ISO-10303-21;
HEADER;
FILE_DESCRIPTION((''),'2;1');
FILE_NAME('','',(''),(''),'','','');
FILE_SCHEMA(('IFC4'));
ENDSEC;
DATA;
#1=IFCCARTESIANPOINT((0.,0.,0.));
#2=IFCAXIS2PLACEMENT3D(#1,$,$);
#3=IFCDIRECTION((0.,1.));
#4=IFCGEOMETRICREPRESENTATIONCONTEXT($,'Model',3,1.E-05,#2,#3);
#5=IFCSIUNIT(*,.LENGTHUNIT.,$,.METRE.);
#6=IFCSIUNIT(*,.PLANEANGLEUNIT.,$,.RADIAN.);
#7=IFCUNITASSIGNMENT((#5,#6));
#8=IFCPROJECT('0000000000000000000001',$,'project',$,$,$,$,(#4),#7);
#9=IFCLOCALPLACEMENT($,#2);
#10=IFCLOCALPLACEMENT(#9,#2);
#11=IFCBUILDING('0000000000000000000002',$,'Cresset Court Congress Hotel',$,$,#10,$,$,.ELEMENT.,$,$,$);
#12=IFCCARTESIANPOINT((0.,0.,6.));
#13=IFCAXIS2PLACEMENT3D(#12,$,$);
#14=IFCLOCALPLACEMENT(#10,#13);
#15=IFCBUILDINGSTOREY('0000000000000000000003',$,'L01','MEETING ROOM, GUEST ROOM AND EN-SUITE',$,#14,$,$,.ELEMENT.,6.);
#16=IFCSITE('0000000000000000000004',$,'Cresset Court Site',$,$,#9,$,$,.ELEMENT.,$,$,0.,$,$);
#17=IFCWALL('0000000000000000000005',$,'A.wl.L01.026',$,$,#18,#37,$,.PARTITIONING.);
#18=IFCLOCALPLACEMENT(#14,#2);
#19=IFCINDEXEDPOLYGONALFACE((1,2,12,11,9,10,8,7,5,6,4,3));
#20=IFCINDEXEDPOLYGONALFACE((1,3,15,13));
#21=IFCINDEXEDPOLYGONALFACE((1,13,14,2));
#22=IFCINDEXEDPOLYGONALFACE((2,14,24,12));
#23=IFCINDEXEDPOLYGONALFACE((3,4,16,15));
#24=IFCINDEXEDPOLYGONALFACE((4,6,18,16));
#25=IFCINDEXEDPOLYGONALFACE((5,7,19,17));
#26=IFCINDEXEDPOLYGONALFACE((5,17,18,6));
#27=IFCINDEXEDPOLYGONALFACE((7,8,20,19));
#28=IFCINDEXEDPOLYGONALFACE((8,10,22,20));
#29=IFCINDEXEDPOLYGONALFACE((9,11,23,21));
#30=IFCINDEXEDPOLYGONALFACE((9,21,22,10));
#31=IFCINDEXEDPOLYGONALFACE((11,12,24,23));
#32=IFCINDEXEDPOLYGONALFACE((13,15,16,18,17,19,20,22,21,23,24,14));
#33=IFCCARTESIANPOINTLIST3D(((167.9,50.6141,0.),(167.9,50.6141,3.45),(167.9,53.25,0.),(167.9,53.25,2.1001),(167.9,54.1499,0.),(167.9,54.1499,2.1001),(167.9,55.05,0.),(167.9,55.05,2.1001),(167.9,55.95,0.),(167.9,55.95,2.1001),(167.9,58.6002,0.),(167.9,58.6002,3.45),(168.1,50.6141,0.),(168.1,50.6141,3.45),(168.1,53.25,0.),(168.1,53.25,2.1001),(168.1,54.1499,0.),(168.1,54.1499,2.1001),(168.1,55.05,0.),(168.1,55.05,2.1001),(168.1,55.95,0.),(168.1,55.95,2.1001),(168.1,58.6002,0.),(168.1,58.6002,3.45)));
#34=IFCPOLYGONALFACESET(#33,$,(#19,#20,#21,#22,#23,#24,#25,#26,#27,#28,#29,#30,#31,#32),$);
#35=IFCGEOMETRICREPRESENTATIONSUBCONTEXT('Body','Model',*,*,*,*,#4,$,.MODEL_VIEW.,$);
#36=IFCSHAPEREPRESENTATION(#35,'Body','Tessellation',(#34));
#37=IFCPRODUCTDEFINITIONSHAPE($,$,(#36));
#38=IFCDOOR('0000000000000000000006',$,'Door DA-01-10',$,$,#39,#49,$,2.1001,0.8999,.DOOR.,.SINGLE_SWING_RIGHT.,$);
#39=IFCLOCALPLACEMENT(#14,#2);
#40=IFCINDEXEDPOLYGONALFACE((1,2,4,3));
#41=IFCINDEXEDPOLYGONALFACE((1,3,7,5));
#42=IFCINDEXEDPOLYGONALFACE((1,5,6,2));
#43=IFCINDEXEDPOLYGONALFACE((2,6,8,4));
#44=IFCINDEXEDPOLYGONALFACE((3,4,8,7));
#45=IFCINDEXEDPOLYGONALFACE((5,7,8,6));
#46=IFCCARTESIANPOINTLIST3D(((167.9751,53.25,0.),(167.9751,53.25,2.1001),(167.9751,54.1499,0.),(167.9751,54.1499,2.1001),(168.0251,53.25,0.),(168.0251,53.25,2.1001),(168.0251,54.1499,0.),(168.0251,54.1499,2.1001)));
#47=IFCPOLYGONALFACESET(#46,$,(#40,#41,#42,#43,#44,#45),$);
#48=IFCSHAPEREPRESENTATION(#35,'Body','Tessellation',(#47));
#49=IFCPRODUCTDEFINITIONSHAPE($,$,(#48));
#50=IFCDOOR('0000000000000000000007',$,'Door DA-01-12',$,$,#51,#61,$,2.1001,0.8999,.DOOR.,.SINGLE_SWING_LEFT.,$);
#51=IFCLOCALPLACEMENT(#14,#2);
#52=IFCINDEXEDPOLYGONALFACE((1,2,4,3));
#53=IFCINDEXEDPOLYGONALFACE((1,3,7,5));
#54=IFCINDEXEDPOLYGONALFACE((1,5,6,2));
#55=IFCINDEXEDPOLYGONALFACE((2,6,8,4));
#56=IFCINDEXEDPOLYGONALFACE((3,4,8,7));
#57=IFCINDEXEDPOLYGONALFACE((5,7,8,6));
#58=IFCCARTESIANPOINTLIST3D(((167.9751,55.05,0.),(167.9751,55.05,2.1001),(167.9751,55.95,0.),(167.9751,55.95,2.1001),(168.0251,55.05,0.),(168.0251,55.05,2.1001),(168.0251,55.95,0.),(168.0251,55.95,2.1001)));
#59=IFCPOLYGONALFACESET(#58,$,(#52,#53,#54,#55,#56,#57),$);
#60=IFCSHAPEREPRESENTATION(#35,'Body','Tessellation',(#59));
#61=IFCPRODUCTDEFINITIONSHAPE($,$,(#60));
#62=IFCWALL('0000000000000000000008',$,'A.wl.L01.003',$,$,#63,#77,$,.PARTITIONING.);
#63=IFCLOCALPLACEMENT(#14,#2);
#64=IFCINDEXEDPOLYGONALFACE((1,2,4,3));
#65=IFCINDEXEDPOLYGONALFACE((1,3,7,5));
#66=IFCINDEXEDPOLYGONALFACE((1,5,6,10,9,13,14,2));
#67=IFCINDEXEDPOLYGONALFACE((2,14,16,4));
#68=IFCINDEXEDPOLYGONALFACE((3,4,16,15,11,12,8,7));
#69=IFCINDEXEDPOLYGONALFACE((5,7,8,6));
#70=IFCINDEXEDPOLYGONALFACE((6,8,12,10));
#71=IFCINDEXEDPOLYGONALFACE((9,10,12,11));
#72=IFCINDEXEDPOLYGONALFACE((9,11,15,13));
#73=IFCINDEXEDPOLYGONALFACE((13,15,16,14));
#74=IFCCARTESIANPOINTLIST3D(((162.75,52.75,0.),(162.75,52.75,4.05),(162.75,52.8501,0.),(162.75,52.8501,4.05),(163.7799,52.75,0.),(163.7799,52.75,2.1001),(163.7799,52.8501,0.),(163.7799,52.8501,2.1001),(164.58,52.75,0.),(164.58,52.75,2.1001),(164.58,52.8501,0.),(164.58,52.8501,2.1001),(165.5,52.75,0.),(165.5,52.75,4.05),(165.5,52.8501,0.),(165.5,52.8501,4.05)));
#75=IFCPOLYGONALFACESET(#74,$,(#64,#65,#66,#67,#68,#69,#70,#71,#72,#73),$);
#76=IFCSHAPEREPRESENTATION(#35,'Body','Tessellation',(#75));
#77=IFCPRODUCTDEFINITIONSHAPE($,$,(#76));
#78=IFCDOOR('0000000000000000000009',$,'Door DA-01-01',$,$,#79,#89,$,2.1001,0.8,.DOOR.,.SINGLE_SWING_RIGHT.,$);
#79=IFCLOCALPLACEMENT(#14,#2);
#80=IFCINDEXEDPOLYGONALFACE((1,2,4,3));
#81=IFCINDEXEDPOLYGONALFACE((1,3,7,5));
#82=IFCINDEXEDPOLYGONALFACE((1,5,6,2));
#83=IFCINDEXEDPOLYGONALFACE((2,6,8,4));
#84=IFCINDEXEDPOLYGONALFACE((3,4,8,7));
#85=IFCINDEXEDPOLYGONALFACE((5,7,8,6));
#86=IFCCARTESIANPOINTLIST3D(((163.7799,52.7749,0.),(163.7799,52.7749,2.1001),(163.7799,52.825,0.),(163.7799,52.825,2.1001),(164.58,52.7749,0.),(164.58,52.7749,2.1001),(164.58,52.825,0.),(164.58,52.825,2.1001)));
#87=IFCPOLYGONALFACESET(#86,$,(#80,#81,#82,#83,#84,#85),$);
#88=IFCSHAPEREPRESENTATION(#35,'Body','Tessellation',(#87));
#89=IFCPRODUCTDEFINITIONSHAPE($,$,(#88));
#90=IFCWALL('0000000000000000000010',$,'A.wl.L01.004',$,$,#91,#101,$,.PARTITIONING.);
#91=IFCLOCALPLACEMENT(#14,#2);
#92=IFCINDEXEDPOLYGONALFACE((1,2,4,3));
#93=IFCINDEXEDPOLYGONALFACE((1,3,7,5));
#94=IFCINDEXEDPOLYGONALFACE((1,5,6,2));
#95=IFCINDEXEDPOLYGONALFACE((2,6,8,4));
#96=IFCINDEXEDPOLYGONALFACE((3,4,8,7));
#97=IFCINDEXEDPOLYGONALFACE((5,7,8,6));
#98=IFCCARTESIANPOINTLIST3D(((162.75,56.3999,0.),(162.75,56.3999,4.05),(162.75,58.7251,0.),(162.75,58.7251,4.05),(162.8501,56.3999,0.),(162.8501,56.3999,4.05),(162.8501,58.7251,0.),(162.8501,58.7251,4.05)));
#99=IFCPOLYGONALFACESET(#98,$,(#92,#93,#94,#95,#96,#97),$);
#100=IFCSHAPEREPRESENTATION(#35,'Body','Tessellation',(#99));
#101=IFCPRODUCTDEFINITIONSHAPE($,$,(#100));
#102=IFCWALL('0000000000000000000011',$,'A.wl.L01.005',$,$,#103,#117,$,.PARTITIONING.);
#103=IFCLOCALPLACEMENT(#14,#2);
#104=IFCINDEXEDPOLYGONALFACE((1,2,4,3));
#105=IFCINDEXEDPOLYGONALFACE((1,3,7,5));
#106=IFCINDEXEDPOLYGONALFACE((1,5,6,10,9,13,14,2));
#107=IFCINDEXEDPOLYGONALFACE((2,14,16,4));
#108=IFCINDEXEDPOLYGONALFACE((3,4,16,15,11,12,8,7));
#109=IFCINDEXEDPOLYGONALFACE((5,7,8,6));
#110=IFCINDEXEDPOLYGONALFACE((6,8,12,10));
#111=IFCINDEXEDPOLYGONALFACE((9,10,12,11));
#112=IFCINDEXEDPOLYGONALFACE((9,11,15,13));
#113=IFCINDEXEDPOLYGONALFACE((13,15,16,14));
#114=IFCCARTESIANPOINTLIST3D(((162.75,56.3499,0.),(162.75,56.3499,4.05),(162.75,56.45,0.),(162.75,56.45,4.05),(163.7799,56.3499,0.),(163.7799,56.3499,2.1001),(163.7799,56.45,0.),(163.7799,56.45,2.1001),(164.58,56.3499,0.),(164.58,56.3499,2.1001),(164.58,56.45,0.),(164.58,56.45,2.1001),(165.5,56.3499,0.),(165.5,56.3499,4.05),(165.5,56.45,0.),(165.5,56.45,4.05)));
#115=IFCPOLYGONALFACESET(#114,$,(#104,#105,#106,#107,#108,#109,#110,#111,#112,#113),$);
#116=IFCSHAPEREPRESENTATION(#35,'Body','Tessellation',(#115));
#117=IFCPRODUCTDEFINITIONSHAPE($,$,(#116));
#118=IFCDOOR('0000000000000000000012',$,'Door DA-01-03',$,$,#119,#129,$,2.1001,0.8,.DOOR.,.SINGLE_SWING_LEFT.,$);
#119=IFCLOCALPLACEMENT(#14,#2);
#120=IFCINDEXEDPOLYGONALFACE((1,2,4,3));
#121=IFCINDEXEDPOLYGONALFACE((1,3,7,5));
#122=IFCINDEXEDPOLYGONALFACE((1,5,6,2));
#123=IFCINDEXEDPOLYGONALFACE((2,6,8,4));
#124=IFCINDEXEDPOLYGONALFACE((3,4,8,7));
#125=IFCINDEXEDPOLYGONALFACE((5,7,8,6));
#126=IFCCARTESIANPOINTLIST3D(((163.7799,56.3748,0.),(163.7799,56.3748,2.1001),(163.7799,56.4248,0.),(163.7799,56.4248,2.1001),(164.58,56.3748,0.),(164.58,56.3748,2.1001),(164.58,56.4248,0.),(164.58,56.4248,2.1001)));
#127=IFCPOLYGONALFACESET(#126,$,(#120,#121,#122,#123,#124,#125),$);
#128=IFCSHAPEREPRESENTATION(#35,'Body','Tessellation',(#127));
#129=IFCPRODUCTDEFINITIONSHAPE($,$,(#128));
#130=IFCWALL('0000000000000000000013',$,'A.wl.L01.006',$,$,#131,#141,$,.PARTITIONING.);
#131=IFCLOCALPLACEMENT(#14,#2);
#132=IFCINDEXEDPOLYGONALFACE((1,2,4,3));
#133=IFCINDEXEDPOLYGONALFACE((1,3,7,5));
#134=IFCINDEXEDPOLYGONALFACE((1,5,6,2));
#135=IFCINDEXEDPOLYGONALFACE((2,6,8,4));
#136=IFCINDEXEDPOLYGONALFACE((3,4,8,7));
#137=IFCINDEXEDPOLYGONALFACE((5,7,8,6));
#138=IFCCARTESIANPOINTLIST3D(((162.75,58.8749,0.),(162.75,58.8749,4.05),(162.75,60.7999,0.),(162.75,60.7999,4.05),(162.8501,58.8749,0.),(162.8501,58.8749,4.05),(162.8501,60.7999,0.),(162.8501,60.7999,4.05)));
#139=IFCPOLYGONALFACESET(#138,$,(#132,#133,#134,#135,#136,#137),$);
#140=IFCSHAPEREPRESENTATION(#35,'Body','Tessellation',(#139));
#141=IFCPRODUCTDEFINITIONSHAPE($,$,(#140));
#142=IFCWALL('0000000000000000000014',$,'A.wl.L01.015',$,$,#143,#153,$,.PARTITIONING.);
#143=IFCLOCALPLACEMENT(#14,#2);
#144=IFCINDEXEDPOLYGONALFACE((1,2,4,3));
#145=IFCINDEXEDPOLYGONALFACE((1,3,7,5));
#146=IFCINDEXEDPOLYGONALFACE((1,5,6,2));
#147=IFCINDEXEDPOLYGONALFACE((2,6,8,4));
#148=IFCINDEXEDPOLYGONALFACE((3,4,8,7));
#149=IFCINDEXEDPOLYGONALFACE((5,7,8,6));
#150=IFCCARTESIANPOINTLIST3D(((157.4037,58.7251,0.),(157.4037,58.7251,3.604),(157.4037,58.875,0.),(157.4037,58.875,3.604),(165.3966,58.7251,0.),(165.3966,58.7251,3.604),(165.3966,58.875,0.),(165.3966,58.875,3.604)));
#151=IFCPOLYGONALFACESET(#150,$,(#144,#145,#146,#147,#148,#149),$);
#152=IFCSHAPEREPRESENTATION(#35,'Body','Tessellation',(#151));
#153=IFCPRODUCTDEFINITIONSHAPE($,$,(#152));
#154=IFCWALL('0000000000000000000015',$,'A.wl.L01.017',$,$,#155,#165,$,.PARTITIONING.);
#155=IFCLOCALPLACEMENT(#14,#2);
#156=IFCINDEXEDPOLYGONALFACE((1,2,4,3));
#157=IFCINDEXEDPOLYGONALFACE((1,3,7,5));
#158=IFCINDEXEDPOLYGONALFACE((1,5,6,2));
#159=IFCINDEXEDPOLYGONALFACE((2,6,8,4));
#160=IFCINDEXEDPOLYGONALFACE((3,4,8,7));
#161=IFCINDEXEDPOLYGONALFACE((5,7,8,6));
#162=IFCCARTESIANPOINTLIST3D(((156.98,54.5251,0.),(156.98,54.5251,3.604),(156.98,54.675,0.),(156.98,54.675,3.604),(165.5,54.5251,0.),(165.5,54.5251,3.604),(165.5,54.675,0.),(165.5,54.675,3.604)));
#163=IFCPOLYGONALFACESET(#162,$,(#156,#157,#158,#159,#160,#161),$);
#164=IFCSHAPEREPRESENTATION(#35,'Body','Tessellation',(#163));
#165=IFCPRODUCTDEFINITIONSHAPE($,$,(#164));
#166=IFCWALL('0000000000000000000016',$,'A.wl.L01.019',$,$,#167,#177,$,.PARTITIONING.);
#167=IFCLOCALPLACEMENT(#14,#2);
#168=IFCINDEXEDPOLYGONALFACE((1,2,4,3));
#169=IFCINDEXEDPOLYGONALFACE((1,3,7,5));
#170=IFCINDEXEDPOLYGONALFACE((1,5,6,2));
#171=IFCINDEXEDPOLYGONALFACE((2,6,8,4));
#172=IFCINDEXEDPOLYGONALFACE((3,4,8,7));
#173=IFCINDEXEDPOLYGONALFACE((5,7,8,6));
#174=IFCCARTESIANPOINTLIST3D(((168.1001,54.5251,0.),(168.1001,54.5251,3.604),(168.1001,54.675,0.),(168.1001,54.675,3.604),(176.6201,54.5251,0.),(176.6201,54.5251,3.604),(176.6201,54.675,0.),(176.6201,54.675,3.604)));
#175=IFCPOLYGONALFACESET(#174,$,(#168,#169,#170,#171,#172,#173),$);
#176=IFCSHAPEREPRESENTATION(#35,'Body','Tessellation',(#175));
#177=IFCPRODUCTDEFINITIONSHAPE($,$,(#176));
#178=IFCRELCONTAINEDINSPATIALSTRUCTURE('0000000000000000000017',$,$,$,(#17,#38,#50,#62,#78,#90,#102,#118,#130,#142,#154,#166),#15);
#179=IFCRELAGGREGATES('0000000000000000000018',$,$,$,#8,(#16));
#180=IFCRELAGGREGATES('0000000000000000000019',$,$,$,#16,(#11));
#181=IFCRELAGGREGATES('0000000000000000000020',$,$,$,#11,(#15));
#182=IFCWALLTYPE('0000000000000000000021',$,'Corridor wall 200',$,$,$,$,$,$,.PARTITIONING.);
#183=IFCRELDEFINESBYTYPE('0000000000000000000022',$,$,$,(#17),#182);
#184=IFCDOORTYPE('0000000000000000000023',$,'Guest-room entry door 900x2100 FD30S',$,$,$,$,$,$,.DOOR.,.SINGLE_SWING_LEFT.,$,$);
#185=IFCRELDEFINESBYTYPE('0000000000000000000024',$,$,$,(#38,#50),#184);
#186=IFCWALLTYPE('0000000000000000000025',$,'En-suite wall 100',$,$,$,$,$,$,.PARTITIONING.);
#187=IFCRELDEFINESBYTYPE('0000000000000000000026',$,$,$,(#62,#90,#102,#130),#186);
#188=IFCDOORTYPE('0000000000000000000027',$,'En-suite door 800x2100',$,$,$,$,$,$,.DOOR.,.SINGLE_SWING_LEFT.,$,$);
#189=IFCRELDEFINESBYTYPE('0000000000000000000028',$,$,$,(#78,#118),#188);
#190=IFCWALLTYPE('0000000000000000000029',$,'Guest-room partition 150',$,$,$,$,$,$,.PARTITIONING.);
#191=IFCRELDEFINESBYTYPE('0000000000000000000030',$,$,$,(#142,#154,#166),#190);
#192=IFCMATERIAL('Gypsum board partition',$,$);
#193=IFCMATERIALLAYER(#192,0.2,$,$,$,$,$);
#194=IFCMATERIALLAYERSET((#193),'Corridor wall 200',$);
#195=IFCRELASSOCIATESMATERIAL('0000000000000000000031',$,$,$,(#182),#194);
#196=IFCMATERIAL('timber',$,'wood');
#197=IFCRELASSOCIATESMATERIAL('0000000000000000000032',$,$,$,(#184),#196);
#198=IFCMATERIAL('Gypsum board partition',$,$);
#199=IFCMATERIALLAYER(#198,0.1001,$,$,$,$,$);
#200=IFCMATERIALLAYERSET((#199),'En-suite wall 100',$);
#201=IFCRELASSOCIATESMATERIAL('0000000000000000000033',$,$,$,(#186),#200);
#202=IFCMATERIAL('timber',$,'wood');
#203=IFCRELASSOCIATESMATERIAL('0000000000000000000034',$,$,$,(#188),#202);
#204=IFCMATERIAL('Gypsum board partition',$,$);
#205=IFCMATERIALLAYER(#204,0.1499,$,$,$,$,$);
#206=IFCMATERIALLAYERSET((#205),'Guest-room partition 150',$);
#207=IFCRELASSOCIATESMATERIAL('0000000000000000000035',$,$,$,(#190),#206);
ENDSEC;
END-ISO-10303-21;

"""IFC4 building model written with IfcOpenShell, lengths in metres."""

from ifc_helpers import new_model, si_unit, direction, frame, frame_2d, origin, place, context, subcontext, project, spatial, rectangle, extrude, material, layer, layer_set, type_object, element, fill, save


model = new_model("IFC4")

# Units and contexts
model_context = context("Model", 3, precision=1e-05, world=origin(), true_north=direction((0.0, 1.0)))
body_context = subcontext(model_context, "Body", "Model", "MODEL_VIEW")
ifc_project = project(units=[si_unit("LENGTHUNIT", "METRE"), si_unit("PLANEANGLEUNIT", "RADIAN")], contexts=[model_context])

# Site, building, storey
site_placement = place(None, origin())
site = spatial("IfcSite", under=ifc_project, at=site_placement, Name="Cresset Court Site", CompositionType="ELEMENT", RefElevation=0.0)
building_placement = place(site_placement, origin())
building = spatial("IfcBuilding", under=site, at=building_placement, Name="Cresset Court Congress Hotel", CompositionType="ELEMENT")
storey_placement = place(building_placement, frame((0.0, 0.0, 6.0)))
storey = spatial("IfcBuildingStorey", under=building, at=storey_placement, Name="L01", Description="MEETING ROOM, GUEST ROOM AND EN-SUITE", CompositionType="ELEMENT", Elevation=6.0)

# Wall, openings, doors
ifc_material_1 = material(Name="Gypsum board partition")
ifc_layer_1 = layer(ifc_material_1, 0.2)
ifc_layer_set_1 = layer_set([ifc_layer_1], Name="Corridor wall 200")
wall_type_1 = type_object("IfcWallType", Name="Corridor wall 200", PredefinedType="PARTITIONING", material=ifc_layer_set_1)
wall_1_placement = place(storey_placement, frame((168.0, 50.614, 0.0), z_axis=(0.0, 0.0, 1.0), x_axis=(0.0, 1.0, 0.0)))
wall_1 = element("IfcWall", 1, at=wall_1_placement, inside=storey, type_object=wall_type_1, Name="A.wl.L01.026", PredefinedType="PARTITIONING", context=body_context, shape_type="SweptSolid", body=[
    extrude(rectangle(XDim=7.9861, YDim=0.2, at=frame_2d((3.9932, 0.0))), origin(), (0.0, 0.0, 1.0), 3.45),
])
opening_1_placement = place(wall_1_placement, frame((2.636, 0.0, 0.0)))
opening_1 = element("IfcOpeningElement", 2, at=opening_1_placement, cuts=wall_1, PredefinedType="OPENING", context=body_context, shape_type="SweptSolid", body=[
    extrude(rectangle(XDim=0.8999, YDim=2.1001, at=frame_2d((0.45, 1.05))), frame((0.0, 0.1099, 0.0), z_axis=(0.0, -1.0, 0.0), x_axis=(1.0, 0.0, 0.0)), (0.0, 0.0, 1.0), 0.22),
])
opening_2_placement = place(wall_1_placement, frame((4.436, 0.0, 0.0)))
opening_2 = element("IfcOpeningElement", 3, at=opening_2_placement, cuts=wall_1, PredefinedType="OPENING", context=body_context, shape_type="SweptSolid", body=[
    extrude(rectangle(XDim=0.8999, YDim=2.1001, at=frame_2d((0.45, 1.05))), frame((0.0, 0.1099, 0.0), z_axis=(0.0, -1.0, 0.0), x_axis=(1.0, 0.0, 0.0)), (0.0, 0.0, 1.0), 0.22),
])
ifc_material_2 = material(Name="timber", Category="wood")
door_type_1 = type_object("IfcDoorType", Name="Guest-room entry door 900x2100 FD30S", OperationType="SINGLE_SWING_LEFT", PredefinedType="DOOR", material=ifc_material_2)
door_1_placement = place(opening_1_placement, origin())
door_1 = element("IfcDoor", 4, at=door_1_placement, inside=storey, type_object=door_type_1, Name="Door DA-01-10", OperationType="SINGLE_SWING_RIGHT", OverallHeight=2.1001, OverallWidth=0.8999, PredefinedType="DOOR", context=body_context, shape_type="SweptSolid", body=[
    extrude(rectangle(XDim=0.8999, YDim=2.1001, at=frame_2d((0.45, 1.05))), frame((0.0, 0.0249, 0.0), z_axis=(0.0, -1.0, 0.0), x_axis=(1.0, 0.0, 0.0)), (0.0, 0.0, 1.0), 0.05),
])
fill(opening_1, door_1)
door_2_placement = place(opening_2_placement, origin())
door_2 = element("IfcDoor", 5, at=door_2_placement, inside=storey, type_object=door_type_1, Name="Door DA-01-12", OperationType="SINGLE_SWING_LEFT", OverallHeight=2.1001, OverallWidth=0.8999, PredefinedType="DOOR", context=body_context, shape_type="SweptSolid", body=[
    extrude(rectangle(XDim=0.8999, YDim=2.1001, at=frame_2d((0.45, 1.05))), frame((0.0, 0.0249, 0.0), z_axis=(0.0, -1.0, 0.0), x_axis=(1.0, 0.0, 0.0)), (0.0, 0.0, 1.0), 0.05),
])
fill(opening_2, door_2)

# Wall, opening, door
ifc_material_3 = material(Name="Gypsum board partition")
ifc_layer_2 = layer(ifc_material_3, 0.1001)
ifc_layer_set_2 = layer_set([ifc_layer_2], Name="En-suite wall 100")
wall_type_2 = type_object("IfcWallType", Name="En-suite wall 100", PredefinedType="PARTITIONING", material=ifc_layer_set_2)
wall_2_placement = place(storey_placement, frame((162.75, 52.8, 0.0), z_axis=(0.0, 0.0, 1.0), x_axis=(1.0, 0.0, 0.0)))
wall_2 = element("IfcWall", 6, at=wall_2_placement, inside=storey, type_object=wall_type_2, Name="A.wl.L01.003", PredefinedType="PARTITIONING", context=body_context, shape_type="SweptSolid", body=[
    extrude(rectangle(XDim=2.75, YDim=0.1001, at=frame_2d((1.375, 0.0))), origin(), (0.0, 0.0, 1.0), 4.05),
])
opening_3_placement = place(wall_2_placement, frame((1.03, 0.0, 0.0)))
opening_3 = element("IfcOpeningElement", 7, at=opening_3_placement, cuts=wall_2, PredefinedType="OPENING", context=body_context, shape_type="SweptSolid", body=[
    extrude(rectangle(XDim=0.8, YDim=2.1001, at=frame_2d((0.3999, 1.05))), frame((0.0, 0.0601, 0.0), z_axis=(0.0, -1.0, 0.0), x_axis=(1.0, 0.0, 0.0)), (0.0, 0.0, 1.0), 0.1201),
])
ifc_material_4 = material(Name="timber", Category="wood")
door_type_2 = type_object("IfcDoorType", Name="En-suite door 800x2100", OperationType="SINGLE_SWING_LEFT", PredefinedType="DOOR", material=ifc_material_4)
door_3_placement = place(opening_3_placement, origin())
door_3 = element("IfcDoor", 8, at=door_3_placement, inside=storey, type_object=door_type_2, Name="Door DA-01-01", OperationType="SINGLE_SWING_RIGHT", OverallHeight=2.1001, OverallWidth=0.8, PredefinedType="DOOR", context=body_context, shape_type="SweptSolid", body=[
    extrude(rectangle(XDim=0.8, YDim=2.1001, at=frame_2d((0.3999, 1.05))), frame((0.0, 0.0249, 0.0), z_axis=(0.0, -1.0, 0.0), x_axis=(1.0, 0.0, 0.0)), (0.0, 0.0, 1.0), 0.05),
])
fill(opening_3, door_3)

# Wall
wall_3_placement = place(storey_placement, frame((162.8, 56.3999, 0.0), z_axis=(0.0, 0.0, 1.0), x_axis=(0.0, 1.0, 0.0)))
element("IfcWall", 9, at=wall_3_placement, inside=storey, type_object=wall_type_2, Name="A.wl.L01.004", PredefinedType="PARTITIONING", context=body_context, shape_type="SweptSolid", body=[
    extrude(rectangle(XDim=2.3252, YDim=0.1001, at=frame_2d((1.1626, 0.0))), origin(), (0.0, 0.0, 1.0), 4.05),
])

# Wall, opening, door
wall_4_placement = place(storey_placement, frame((162.75, 56.3999, 0.0), z_axis=(0.0, 0.0, 1.0), x_axis=(1.0, 0.0, 0.0)))
wall_4 = element("IfcWall", 10, at=wall_4_placement, inside=storey, type_object=wall_type_2, Name="A.wl.L01.005", PredefinedType="PARTITIONING", context=body_context, shape_type="SweptSolid", body=[
    extrude(rectangle(XDim=2.75, YDim=0.1001, at=frame_2d((1.375, 0.0))), origin(), (0.0, 0.0, 1.0), 4.05),
])
opening_4_placement = place(wall_4_placement, frame((1.03, 0.0, 0.0)))
opening_4 = element("IfcOpeningElement", 11, at=opening_4_placement, cuts=wall_4, PredefinedType="OPENING", context=body_context, shape_type="SweptSolid", body=[
    extrude(rectangle(XDim=0.8, YDim=2.1001, at=frame_2d((0.3999, 1.05))), frame((0.0, 0.0601, 0.0), z_axis=(0.0, -1.0, 0.0), x_axis=(1.0, 0.0, 0.0)), (0.0, 0.0, 1.0), 0.1201),
])
door_4_placement = place(opening_4_placement, origin())
door_4 = element("IfcDoor", 12, at=door_4_placement, inside=storey, type_object=door_type_2, Name="Door DA-01-03", OperationType="SINGLE_SWING_LEFT", OverallHeight=2.1001, OverallWidth=0.8, PredefinedType="DOOR", context=body_context, shape_type="SweptSolid", body=[
    extrude(rectangle(XDim=0.8, YDim=2.1001, at=frame_2d((0.3999, 1.05))), frame((0.0, 0.0249, 0.0), z_axis=(0.0, -1.0, 0.0), x_axis=(1.0, 0.0, 0.0)), (0.0, 0.0, 1.0), 0.05),
])
fill(opening_4, door_4)

# Walls
wall_5_placement = place(storey_placement, frame((162.8, 58.875, 0.0), z_axis=(0.0, 0.0, 1.0), x_axis=(0.0, 1.0, 0.0)))
element("IfcWall", 13, at=wall_5_placement, inside=storey, type_object=wall_type_2, Name="A.wl.L01.006", PredefinedType="PARTITIONING", context=body_context, shape_type="SweptSolid", body=[
    extrude(rectangle(XDim=1.925, YDim=0.1001, at=frame_2d((0.9624, 0.0))), origin(), (0.0, 0.0, 1.0), 4.05),
])
ifc_material_5 = material(Name="Gypsum board partition")
ifc_layer_3 = layer(ifc_material_5, 0.1499)
ifc_layer_set_3 = layer_set([ifc_layer_3], Name="Guest-room partition 150")
wall_type_3 = type_object("IfcWallType", Name="Guest-room partition 150", PredefinedType="PARTITIONING", material=ifc_layer_set_3)
wall_6_placement = place(storey_placement, frame((157.4036, 58.8, 0.0), z_axis=(0.0, 0.0, 1.0), x_axis=(1.0, 0.0, 0.0)))
element("IfcWall", 14, at=wall_6_placement, inside=storey, type_object=wall_type_3, Name="A.wl.L01.015", PredefinedType="PARTITIONING", context=body_context, shape_type="SweptSolid", body=[
    extrude(rectangle(XDim=7.9929, YDim=0.1499, at=frame_2d((3.9966, 0.0))), origin(), (0.0, 0.0, 1.0), 3.604),
])
for number, where, z_axis, x_axis, name in (
    (15, (156.98, 54.6001, 0.0), (0.0, 0.0, 1.0), (1.0, 0.0, 0.0), "A.wl.L01.017"),
    (16, (168.1001, 54.6001, 0.0), (0.0, 0.0, 1.0), (1.0, 0.0, 0.0), "A.wl.L01.019"),
):
    element("IfcWall", number, at=place(storey_placement, frame(where, z_axis=z_axis, x_axis=x_axis)), inside=storey, type_object=wall_type_3, Name=name, PredefinedType="PARTITIONING", context=body_context, shape_type="SweptSolid", body=[
        extrude(rectangle(XDim=8.52, YDim=0.1499, at=frame_2d((4.26, 0.0))), origin(), (0.0, 0.0, 1.0), 3.604),
    ])

save(model, "model.ifc")
